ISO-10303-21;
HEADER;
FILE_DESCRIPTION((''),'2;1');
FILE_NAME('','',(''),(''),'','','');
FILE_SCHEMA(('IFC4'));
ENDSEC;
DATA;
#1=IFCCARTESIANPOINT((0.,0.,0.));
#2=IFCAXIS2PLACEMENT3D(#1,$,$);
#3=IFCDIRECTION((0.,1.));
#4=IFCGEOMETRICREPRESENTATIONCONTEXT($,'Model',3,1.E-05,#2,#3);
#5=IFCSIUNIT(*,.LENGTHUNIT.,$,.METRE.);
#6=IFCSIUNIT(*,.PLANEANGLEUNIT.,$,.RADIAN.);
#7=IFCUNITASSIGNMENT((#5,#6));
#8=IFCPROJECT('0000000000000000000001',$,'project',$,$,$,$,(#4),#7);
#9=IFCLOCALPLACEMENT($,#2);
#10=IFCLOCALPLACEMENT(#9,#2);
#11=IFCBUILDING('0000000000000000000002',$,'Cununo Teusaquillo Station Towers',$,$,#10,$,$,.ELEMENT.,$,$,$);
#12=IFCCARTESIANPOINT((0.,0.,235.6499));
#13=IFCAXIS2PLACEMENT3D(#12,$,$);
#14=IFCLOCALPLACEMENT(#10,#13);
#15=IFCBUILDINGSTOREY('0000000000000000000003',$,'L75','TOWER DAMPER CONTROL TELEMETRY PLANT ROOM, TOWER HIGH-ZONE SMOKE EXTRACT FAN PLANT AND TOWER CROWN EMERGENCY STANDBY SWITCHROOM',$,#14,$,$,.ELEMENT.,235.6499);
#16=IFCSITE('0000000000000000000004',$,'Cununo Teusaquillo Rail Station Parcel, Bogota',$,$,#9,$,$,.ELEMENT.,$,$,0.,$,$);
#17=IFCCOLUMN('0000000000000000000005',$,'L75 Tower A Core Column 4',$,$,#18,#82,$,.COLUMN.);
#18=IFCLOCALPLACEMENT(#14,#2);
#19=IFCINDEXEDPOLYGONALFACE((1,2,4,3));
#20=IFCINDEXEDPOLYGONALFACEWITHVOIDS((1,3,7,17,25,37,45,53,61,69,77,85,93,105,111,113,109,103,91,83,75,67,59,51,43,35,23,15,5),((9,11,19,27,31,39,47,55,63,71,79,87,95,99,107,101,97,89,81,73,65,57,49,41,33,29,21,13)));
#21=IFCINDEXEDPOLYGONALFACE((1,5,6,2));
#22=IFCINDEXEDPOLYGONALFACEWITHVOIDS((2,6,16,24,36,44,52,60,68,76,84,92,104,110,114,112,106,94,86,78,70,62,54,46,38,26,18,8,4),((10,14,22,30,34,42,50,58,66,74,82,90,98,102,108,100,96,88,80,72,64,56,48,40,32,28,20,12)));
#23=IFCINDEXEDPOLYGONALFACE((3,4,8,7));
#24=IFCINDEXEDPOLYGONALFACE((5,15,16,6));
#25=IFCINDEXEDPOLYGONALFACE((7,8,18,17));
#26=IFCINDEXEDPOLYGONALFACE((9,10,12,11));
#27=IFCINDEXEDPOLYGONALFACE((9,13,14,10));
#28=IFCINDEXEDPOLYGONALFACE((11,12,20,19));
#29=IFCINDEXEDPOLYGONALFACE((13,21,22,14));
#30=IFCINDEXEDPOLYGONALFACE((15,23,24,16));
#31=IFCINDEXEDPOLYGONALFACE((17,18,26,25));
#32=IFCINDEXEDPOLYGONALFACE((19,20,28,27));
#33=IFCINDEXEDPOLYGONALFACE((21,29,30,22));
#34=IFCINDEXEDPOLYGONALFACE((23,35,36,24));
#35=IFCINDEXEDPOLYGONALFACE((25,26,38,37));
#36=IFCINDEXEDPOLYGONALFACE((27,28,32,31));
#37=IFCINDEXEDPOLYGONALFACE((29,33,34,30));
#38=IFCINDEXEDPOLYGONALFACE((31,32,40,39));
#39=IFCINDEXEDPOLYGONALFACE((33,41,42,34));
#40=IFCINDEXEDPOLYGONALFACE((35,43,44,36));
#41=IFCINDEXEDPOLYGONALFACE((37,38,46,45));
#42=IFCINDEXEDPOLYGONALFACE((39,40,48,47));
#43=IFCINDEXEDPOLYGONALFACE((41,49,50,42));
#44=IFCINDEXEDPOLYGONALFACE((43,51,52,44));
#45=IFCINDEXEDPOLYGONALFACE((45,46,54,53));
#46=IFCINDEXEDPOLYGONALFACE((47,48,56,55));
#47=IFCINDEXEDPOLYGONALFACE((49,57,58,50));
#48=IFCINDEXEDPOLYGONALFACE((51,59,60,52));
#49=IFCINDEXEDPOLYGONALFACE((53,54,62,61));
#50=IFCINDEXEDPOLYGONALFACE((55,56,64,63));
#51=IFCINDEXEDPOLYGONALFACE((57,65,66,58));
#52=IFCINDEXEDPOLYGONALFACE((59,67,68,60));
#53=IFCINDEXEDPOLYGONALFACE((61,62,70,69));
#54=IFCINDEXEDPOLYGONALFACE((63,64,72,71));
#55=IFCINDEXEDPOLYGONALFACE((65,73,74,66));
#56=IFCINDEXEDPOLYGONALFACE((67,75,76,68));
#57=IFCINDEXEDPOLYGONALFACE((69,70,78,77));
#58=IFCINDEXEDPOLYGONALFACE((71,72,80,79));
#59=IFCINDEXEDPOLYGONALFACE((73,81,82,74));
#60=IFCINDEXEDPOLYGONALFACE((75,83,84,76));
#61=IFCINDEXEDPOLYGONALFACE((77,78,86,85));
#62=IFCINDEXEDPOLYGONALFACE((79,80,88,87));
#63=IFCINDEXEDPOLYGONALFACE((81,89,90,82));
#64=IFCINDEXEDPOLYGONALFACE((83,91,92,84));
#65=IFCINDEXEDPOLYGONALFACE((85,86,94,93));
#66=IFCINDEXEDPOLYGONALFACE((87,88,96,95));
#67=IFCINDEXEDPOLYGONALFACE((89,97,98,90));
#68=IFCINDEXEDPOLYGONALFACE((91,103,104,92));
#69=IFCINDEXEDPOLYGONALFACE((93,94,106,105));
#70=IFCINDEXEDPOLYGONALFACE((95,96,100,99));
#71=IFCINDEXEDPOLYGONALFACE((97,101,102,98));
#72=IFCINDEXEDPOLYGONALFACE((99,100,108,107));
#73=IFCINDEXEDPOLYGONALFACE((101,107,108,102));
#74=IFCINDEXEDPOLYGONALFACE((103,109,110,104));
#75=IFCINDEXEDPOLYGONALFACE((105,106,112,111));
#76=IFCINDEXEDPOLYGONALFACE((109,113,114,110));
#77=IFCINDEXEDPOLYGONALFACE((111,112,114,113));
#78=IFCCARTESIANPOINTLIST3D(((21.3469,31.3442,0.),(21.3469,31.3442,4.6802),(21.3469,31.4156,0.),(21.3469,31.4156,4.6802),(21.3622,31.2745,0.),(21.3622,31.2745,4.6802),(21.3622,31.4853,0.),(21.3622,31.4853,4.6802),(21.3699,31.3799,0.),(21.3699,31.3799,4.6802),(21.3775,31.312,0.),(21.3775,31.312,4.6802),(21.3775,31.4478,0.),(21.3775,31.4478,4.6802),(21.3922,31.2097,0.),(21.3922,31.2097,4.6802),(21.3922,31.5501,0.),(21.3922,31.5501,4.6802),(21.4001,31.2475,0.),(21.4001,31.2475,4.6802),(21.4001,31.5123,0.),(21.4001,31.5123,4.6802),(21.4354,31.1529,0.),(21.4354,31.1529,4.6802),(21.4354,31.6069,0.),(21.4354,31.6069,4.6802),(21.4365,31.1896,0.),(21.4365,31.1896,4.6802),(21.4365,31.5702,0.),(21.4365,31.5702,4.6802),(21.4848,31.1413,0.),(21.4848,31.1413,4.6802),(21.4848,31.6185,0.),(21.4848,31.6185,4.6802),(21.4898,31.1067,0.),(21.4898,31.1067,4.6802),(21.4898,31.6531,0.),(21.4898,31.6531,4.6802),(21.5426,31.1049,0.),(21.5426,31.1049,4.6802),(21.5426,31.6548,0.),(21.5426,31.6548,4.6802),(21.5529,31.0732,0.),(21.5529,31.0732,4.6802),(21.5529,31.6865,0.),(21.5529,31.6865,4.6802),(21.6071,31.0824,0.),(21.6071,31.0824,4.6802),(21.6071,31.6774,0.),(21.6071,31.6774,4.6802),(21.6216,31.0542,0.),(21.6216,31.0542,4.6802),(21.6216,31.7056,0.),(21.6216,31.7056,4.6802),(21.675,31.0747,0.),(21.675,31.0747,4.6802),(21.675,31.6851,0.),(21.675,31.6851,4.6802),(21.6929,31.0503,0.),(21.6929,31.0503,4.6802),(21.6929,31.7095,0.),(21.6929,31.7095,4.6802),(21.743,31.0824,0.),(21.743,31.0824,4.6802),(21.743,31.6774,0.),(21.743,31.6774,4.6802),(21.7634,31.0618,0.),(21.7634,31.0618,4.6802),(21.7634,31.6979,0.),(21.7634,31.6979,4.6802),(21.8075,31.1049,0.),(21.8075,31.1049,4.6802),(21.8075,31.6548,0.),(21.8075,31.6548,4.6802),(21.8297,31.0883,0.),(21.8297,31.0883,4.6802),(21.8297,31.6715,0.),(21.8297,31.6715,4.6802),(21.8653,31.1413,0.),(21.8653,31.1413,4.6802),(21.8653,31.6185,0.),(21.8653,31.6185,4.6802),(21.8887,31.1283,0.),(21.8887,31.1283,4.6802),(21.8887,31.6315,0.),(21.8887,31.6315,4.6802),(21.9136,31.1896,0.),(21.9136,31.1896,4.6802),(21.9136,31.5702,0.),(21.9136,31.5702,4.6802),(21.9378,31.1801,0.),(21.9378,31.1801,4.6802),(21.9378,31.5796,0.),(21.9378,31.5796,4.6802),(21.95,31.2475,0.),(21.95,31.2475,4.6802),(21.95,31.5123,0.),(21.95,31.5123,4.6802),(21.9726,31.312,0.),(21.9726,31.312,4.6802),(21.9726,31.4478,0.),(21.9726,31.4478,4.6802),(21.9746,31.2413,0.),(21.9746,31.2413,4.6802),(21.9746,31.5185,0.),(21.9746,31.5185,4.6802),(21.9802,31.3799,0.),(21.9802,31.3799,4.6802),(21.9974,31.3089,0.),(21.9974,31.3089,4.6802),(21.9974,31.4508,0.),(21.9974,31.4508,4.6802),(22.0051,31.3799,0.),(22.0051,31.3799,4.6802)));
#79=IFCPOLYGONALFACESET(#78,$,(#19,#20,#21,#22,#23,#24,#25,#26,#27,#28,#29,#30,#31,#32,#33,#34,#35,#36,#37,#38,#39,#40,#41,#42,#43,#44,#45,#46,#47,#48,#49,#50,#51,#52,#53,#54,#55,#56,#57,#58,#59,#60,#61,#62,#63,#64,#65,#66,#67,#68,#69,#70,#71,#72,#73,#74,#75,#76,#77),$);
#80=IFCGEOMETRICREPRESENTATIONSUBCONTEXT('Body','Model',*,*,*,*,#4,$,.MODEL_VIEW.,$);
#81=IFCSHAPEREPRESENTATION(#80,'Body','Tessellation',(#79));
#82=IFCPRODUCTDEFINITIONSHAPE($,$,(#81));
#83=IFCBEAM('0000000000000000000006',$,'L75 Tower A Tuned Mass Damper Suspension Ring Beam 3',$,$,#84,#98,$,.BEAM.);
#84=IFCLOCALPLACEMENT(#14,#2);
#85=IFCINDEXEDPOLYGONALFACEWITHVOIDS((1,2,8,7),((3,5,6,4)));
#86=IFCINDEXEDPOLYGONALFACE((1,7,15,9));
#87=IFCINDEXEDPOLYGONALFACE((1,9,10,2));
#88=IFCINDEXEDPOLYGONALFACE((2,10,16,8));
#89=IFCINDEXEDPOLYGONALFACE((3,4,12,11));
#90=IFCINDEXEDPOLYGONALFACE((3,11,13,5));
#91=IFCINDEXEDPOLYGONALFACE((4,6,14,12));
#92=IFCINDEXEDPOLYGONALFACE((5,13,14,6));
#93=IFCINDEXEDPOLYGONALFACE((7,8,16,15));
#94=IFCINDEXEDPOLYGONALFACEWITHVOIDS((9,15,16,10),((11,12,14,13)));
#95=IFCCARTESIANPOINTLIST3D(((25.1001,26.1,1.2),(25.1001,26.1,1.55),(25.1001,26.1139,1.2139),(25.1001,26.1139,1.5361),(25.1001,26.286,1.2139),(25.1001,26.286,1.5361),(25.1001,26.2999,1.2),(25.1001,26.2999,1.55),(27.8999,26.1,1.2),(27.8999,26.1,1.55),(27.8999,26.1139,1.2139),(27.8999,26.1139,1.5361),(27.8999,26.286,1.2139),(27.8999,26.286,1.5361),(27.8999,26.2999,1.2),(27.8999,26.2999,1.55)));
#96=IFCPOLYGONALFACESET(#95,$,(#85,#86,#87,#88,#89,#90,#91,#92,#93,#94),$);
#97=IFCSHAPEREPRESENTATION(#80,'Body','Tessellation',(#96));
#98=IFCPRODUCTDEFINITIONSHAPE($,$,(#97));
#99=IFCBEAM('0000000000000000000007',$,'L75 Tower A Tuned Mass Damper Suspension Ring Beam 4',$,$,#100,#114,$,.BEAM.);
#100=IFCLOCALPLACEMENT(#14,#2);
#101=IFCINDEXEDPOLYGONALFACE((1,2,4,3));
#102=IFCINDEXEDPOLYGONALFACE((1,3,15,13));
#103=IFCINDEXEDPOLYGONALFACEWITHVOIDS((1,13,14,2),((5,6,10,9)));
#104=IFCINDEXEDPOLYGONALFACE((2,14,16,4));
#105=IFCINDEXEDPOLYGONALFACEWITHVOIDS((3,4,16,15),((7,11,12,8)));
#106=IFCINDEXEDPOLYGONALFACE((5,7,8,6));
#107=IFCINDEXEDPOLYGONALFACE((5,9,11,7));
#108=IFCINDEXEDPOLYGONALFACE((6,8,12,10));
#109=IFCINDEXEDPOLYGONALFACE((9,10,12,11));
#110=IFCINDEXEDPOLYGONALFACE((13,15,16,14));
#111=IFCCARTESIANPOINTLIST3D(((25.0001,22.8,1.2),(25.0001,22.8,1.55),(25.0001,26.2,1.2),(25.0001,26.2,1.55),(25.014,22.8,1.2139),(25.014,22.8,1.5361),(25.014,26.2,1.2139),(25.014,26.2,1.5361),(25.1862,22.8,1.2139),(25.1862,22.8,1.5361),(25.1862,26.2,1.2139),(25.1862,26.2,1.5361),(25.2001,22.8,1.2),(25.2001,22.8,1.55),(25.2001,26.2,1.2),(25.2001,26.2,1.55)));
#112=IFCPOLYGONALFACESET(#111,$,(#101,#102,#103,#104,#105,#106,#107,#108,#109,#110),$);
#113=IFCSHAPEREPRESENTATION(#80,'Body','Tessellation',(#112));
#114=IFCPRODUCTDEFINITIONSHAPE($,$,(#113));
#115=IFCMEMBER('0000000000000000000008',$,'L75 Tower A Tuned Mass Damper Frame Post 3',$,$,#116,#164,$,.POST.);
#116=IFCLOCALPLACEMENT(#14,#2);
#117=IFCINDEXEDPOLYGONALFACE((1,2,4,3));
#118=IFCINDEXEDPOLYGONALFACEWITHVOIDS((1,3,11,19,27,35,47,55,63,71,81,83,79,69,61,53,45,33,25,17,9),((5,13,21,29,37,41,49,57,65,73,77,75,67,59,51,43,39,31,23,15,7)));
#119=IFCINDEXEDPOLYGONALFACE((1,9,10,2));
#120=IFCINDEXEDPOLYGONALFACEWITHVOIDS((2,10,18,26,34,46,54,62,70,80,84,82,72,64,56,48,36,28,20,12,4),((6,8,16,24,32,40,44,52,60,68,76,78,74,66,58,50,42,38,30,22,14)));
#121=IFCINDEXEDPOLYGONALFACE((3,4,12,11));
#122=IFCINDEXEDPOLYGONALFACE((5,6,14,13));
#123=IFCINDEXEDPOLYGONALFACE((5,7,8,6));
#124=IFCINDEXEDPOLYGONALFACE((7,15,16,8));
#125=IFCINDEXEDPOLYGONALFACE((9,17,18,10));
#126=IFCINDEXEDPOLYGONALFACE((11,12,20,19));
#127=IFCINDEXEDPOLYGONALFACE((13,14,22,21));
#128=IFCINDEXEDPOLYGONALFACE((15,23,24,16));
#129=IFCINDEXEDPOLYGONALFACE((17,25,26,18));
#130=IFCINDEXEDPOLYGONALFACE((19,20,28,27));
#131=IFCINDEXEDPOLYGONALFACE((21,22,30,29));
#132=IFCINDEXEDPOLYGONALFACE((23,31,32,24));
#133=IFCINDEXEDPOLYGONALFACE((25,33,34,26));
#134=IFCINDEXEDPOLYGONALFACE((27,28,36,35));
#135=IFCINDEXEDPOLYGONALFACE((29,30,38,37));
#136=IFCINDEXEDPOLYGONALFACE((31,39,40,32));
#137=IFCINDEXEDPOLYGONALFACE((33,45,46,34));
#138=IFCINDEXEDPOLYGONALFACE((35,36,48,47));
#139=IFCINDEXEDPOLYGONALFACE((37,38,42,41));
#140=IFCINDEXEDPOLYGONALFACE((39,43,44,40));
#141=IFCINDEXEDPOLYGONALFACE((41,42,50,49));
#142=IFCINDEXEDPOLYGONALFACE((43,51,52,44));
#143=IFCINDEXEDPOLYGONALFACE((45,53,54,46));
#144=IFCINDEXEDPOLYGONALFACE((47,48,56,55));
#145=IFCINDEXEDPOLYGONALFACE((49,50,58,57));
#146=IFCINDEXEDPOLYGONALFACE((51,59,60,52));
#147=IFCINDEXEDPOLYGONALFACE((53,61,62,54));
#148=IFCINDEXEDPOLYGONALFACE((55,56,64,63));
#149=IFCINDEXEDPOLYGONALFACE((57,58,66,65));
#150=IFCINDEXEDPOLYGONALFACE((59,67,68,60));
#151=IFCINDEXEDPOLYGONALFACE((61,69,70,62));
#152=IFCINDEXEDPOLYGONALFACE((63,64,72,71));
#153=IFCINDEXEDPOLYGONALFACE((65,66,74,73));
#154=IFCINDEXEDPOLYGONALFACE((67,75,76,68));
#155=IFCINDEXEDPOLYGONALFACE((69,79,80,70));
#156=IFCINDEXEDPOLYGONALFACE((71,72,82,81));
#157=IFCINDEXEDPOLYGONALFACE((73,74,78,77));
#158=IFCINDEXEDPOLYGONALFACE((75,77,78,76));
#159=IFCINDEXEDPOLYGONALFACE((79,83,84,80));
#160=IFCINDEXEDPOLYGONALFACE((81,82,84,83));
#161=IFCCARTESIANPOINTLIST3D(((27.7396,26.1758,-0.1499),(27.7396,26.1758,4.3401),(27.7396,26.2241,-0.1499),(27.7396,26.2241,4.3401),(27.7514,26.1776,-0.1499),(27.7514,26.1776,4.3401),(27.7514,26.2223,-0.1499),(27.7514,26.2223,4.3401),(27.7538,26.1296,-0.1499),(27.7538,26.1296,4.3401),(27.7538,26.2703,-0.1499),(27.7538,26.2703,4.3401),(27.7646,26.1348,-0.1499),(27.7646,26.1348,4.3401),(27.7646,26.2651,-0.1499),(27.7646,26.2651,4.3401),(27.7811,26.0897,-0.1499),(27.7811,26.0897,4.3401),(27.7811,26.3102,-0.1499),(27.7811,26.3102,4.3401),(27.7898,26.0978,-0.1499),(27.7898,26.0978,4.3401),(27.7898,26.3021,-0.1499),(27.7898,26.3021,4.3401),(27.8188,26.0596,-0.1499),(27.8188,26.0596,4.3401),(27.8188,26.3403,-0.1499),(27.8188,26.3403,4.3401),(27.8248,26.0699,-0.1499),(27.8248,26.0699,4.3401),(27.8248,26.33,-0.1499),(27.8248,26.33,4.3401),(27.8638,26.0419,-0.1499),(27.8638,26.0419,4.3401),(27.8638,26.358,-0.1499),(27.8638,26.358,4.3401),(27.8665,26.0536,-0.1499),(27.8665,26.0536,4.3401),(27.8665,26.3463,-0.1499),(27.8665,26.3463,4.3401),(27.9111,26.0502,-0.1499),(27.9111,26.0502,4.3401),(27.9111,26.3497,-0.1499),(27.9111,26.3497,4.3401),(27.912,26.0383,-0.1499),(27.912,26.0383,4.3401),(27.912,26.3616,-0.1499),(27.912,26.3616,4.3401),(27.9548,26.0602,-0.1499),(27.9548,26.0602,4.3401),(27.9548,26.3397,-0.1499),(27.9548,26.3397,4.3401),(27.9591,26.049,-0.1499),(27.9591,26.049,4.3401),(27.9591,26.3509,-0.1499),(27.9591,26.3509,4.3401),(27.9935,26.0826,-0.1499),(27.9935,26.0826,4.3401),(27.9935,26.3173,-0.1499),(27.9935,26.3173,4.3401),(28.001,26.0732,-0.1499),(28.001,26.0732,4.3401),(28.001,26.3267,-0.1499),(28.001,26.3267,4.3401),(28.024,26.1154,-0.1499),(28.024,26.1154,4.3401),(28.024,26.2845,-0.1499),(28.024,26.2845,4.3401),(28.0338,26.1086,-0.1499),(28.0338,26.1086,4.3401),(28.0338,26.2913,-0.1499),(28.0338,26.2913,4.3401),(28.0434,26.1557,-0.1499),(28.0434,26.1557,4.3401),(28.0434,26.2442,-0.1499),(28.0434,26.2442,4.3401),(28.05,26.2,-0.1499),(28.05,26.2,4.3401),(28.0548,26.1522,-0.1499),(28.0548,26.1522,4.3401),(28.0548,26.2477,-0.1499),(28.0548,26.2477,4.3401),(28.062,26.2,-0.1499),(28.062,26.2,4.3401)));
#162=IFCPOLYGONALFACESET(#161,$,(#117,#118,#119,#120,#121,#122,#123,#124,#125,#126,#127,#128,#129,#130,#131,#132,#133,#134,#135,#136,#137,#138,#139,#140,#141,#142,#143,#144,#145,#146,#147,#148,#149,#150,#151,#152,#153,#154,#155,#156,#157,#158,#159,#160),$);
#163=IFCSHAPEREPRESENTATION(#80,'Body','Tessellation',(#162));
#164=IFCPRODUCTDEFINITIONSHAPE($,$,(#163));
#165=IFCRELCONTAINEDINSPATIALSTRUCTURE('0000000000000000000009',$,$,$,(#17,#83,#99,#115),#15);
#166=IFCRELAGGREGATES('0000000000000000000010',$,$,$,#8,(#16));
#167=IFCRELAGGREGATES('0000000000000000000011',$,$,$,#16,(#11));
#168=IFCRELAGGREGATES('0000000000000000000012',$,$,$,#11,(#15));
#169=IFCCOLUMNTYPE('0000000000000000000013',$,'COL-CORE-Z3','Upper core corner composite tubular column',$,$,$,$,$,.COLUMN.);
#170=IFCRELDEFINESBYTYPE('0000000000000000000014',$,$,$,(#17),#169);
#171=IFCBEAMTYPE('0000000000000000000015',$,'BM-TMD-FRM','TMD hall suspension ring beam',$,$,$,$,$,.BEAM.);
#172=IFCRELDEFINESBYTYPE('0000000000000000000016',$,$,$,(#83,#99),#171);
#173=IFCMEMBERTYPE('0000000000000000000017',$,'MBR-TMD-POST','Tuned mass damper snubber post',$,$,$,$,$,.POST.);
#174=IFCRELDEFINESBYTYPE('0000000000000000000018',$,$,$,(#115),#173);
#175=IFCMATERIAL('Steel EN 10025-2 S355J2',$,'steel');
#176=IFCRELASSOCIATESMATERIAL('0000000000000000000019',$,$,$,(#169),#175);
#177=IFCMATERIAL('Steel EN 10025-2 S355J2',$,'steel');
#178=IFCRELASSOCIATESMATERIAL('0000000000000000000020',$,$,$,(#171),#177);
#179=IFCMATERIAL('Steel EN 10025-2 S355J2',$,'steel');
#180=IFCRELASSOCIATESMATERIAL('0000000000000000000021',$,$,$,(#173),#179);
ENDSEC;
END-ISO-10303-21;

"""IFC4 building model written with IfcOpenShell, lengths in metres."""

from ifc_helpers import new_model, si_unit, direction, frame, origin, origin_2d, place, context, subcontext, project, spatial, hollow_rectangle, hollow_circle, extrude, material, material_profile, profile_set, type_object, element, save


model = new_model("IFC4")

# Units and contexts
model_context = context("Model", 3, precision=1e-05, world=origin(), true_north=direction((0.0, 1.0)))
body_context = subcontext(model_context, "Body", "Model", "MODEL_VIEW")
ifc_project = project(units=[si_unit("LENGTHUNIT", "METRE"), si_unit("PLANEANGLEUNIT", "RADIAN")], contexts=[model_context])

# Site, building, storey
site_placement = place(None, origin())
site = spatial("IfcSite", under=ifc_project, at=site_placement, Name="Cununo Teusaquillo Rail Station Parcel, Bogota", CompositionType="ELEMENT", RefElevation=0.0)
building_placement = place(site_placement, origin())
building = spatial("IfcBuilding", under=site, at=building_placement, Name="Cununo Teusaquillo Station Towers", CompositionType="ELEMENT")
storey_placement = place(building_placement, frame((0.0, 0.0, 235.6499)))
storey = spatial("IfcBuildingStorey", under=building, at=storey_placement, Name="L75", Description="TOWER DAMPER CONTROL TELEMETRY PLANT ROOM, TOWER HIGH-ZONE SMOKE EXTRACT FAN PLANT AND TOWER CROWN EMERGENCY STANDBY SWITCHROOM", CompositionType="ELEMENT", Elevation=235.6499)

# Column
ifc_material_1 = material(Name="Steel EN 10025-2 S355J2", Category="steel")
ifc_material_profile_1 = material_profile(ifc_material_1, hollow_circle(Radius=0.3301, WallThickness=0.0249, at=origin_2d()), Name="CHS 660x25")
ifc_profile_set_1 = profile_set([ifc_material_profile_1], Name="Steel EN 10025-2 S355J2")
column_type = type_object("IfcColumnType", Name="COL-CORE-Z3", Description="Upper core corner composite tubular column", PredefinedType="COLUMN", material=ifc_profile_set_1)
column_placement = place(storey_placement, frame((21.675, 31.3799, 0.0), z_axis=(0.0, 0.0, 1.0), x_axis=(1.0, 0.0, 0.0)))
element("IfcColumn", 1, at=column_placement, inside=storey, type_object=column_type, Name="L75 Tower A Core Column 4", PredefinedType="COLUMN", context=body_context, shape_type="SweptSolid", body=[
    extrude(hollow_circle(Radius=0.3301, WallThickness=0.0249, at=origin_2d()), origin(), (0.0, 0.0, 1.0), 4.6802),
])

# Beams
ifc_material_2 = material(Name="Steel EN 10025-2 S355J2", Category="steel")
ifc_material_profile_2 = material_profile(ifc_material_2, hollow_rectangle(XDim=0.2, YDim=0.3501, WallThickness=0.0139, at=origin_2d()), Name="RHS 350x200x14")
ifc_profile_set_2 = profile_set([ifc_material_profile_2], Name="Steel EN 10025-2 S355J2")
beam_type = type_object("IfcBeamType", Name="BM-TMD-FRM", Description="TMD hall suspension ring beam", PredefinedType="BEAM", material=ifc_profile_set_2)
beam_1_placement = place(storey_placement, frame((27.8999, 26.2, 1.375), z_axis=(-1.0, 0.0, 0.0), x_axis=(0.0, -1.0, 0.0)))
element("IfcBeam", 2, at=beam_1_placement, inside=storey, type_object=beam_type, Name="L75 Tower A Tuned Mass Damper Suspension Ring Beam 3", PredefinedType="BEAM", context=body_context, shape_type="SweptSolid", body=[
    extrude(hollow_rectangle(XDim=0.2, YDim=0.3501, WallThickness=0.0139, at=origin_2d()), origin(), (0.0, 0.0, 1.0), 2.7998),
])
beam_2_placement = place(storey_placement, frame((25.1001, 26.2, 1.375), z_axis=(0.0, -1.0, 0.0), x_axis=(1.0, 0.0, 0.0)))
element("IfcBeam", 3, at=beam_2_placement, inside=storey, type_object=beam_type, Name="L75 Tower A Tuned Mass Damper Suspension Ring Beam 4", PredefinedType="BEAM", context=body_context, shape_type="SweptSolid", body=[
    extrude(hollow_rectangle(XDim=0.2, YDim=0.3501, WallThickness=0.0139, at=origin_2d()), origin(), (0.0, 0.0, 1.0), 3.3999),
])

# Member
ifc_material_3 = material(Name="Steel EN 10025-2 S355J2", Category="steel")
ifc_material_profile_3 = material_profile(ifc_material_3, hollow_circle(Radius=0.1621, WallThickness=0.012, at=origin_2d()), Name="CHS 324x12")
ifc_profile_set_3 = profile_set([ifc_material_profile_3], Name="Steel EN 10025-2 S355J2")
member_type = type_object("IfcMemberType", Name="MBR-TMD-POST", Description="Tuned mass damper snubber post", PredefinedType="POST", material=ifc_profile_set_3)
for number, where, z_axis, x_axis, name in (
    (4, (27.8999, 26.2, -0.1499), (0.0, 0.0, 1.0), (1.0, 0.0, 0.0), "L75 Tower A Tuned Mass Damper Frame Post 3"),
):
    element("IfcMember", number, at=place(storey_placement, frame(where, z_axis=z_axis, x_axis=x_axis)), inside=storey, type_object=member_type, Name=name, PredefinedType="POST", context=body_context, shape_type="SweptSolid", body=[
        extrude(hollow_circle(Radius=0.1621, WallThickness=0.012, at=origin_2d()), origin(), (0.0, 0.0, 1.0), 4.49),
    ])

save(model, "model.ifc")
